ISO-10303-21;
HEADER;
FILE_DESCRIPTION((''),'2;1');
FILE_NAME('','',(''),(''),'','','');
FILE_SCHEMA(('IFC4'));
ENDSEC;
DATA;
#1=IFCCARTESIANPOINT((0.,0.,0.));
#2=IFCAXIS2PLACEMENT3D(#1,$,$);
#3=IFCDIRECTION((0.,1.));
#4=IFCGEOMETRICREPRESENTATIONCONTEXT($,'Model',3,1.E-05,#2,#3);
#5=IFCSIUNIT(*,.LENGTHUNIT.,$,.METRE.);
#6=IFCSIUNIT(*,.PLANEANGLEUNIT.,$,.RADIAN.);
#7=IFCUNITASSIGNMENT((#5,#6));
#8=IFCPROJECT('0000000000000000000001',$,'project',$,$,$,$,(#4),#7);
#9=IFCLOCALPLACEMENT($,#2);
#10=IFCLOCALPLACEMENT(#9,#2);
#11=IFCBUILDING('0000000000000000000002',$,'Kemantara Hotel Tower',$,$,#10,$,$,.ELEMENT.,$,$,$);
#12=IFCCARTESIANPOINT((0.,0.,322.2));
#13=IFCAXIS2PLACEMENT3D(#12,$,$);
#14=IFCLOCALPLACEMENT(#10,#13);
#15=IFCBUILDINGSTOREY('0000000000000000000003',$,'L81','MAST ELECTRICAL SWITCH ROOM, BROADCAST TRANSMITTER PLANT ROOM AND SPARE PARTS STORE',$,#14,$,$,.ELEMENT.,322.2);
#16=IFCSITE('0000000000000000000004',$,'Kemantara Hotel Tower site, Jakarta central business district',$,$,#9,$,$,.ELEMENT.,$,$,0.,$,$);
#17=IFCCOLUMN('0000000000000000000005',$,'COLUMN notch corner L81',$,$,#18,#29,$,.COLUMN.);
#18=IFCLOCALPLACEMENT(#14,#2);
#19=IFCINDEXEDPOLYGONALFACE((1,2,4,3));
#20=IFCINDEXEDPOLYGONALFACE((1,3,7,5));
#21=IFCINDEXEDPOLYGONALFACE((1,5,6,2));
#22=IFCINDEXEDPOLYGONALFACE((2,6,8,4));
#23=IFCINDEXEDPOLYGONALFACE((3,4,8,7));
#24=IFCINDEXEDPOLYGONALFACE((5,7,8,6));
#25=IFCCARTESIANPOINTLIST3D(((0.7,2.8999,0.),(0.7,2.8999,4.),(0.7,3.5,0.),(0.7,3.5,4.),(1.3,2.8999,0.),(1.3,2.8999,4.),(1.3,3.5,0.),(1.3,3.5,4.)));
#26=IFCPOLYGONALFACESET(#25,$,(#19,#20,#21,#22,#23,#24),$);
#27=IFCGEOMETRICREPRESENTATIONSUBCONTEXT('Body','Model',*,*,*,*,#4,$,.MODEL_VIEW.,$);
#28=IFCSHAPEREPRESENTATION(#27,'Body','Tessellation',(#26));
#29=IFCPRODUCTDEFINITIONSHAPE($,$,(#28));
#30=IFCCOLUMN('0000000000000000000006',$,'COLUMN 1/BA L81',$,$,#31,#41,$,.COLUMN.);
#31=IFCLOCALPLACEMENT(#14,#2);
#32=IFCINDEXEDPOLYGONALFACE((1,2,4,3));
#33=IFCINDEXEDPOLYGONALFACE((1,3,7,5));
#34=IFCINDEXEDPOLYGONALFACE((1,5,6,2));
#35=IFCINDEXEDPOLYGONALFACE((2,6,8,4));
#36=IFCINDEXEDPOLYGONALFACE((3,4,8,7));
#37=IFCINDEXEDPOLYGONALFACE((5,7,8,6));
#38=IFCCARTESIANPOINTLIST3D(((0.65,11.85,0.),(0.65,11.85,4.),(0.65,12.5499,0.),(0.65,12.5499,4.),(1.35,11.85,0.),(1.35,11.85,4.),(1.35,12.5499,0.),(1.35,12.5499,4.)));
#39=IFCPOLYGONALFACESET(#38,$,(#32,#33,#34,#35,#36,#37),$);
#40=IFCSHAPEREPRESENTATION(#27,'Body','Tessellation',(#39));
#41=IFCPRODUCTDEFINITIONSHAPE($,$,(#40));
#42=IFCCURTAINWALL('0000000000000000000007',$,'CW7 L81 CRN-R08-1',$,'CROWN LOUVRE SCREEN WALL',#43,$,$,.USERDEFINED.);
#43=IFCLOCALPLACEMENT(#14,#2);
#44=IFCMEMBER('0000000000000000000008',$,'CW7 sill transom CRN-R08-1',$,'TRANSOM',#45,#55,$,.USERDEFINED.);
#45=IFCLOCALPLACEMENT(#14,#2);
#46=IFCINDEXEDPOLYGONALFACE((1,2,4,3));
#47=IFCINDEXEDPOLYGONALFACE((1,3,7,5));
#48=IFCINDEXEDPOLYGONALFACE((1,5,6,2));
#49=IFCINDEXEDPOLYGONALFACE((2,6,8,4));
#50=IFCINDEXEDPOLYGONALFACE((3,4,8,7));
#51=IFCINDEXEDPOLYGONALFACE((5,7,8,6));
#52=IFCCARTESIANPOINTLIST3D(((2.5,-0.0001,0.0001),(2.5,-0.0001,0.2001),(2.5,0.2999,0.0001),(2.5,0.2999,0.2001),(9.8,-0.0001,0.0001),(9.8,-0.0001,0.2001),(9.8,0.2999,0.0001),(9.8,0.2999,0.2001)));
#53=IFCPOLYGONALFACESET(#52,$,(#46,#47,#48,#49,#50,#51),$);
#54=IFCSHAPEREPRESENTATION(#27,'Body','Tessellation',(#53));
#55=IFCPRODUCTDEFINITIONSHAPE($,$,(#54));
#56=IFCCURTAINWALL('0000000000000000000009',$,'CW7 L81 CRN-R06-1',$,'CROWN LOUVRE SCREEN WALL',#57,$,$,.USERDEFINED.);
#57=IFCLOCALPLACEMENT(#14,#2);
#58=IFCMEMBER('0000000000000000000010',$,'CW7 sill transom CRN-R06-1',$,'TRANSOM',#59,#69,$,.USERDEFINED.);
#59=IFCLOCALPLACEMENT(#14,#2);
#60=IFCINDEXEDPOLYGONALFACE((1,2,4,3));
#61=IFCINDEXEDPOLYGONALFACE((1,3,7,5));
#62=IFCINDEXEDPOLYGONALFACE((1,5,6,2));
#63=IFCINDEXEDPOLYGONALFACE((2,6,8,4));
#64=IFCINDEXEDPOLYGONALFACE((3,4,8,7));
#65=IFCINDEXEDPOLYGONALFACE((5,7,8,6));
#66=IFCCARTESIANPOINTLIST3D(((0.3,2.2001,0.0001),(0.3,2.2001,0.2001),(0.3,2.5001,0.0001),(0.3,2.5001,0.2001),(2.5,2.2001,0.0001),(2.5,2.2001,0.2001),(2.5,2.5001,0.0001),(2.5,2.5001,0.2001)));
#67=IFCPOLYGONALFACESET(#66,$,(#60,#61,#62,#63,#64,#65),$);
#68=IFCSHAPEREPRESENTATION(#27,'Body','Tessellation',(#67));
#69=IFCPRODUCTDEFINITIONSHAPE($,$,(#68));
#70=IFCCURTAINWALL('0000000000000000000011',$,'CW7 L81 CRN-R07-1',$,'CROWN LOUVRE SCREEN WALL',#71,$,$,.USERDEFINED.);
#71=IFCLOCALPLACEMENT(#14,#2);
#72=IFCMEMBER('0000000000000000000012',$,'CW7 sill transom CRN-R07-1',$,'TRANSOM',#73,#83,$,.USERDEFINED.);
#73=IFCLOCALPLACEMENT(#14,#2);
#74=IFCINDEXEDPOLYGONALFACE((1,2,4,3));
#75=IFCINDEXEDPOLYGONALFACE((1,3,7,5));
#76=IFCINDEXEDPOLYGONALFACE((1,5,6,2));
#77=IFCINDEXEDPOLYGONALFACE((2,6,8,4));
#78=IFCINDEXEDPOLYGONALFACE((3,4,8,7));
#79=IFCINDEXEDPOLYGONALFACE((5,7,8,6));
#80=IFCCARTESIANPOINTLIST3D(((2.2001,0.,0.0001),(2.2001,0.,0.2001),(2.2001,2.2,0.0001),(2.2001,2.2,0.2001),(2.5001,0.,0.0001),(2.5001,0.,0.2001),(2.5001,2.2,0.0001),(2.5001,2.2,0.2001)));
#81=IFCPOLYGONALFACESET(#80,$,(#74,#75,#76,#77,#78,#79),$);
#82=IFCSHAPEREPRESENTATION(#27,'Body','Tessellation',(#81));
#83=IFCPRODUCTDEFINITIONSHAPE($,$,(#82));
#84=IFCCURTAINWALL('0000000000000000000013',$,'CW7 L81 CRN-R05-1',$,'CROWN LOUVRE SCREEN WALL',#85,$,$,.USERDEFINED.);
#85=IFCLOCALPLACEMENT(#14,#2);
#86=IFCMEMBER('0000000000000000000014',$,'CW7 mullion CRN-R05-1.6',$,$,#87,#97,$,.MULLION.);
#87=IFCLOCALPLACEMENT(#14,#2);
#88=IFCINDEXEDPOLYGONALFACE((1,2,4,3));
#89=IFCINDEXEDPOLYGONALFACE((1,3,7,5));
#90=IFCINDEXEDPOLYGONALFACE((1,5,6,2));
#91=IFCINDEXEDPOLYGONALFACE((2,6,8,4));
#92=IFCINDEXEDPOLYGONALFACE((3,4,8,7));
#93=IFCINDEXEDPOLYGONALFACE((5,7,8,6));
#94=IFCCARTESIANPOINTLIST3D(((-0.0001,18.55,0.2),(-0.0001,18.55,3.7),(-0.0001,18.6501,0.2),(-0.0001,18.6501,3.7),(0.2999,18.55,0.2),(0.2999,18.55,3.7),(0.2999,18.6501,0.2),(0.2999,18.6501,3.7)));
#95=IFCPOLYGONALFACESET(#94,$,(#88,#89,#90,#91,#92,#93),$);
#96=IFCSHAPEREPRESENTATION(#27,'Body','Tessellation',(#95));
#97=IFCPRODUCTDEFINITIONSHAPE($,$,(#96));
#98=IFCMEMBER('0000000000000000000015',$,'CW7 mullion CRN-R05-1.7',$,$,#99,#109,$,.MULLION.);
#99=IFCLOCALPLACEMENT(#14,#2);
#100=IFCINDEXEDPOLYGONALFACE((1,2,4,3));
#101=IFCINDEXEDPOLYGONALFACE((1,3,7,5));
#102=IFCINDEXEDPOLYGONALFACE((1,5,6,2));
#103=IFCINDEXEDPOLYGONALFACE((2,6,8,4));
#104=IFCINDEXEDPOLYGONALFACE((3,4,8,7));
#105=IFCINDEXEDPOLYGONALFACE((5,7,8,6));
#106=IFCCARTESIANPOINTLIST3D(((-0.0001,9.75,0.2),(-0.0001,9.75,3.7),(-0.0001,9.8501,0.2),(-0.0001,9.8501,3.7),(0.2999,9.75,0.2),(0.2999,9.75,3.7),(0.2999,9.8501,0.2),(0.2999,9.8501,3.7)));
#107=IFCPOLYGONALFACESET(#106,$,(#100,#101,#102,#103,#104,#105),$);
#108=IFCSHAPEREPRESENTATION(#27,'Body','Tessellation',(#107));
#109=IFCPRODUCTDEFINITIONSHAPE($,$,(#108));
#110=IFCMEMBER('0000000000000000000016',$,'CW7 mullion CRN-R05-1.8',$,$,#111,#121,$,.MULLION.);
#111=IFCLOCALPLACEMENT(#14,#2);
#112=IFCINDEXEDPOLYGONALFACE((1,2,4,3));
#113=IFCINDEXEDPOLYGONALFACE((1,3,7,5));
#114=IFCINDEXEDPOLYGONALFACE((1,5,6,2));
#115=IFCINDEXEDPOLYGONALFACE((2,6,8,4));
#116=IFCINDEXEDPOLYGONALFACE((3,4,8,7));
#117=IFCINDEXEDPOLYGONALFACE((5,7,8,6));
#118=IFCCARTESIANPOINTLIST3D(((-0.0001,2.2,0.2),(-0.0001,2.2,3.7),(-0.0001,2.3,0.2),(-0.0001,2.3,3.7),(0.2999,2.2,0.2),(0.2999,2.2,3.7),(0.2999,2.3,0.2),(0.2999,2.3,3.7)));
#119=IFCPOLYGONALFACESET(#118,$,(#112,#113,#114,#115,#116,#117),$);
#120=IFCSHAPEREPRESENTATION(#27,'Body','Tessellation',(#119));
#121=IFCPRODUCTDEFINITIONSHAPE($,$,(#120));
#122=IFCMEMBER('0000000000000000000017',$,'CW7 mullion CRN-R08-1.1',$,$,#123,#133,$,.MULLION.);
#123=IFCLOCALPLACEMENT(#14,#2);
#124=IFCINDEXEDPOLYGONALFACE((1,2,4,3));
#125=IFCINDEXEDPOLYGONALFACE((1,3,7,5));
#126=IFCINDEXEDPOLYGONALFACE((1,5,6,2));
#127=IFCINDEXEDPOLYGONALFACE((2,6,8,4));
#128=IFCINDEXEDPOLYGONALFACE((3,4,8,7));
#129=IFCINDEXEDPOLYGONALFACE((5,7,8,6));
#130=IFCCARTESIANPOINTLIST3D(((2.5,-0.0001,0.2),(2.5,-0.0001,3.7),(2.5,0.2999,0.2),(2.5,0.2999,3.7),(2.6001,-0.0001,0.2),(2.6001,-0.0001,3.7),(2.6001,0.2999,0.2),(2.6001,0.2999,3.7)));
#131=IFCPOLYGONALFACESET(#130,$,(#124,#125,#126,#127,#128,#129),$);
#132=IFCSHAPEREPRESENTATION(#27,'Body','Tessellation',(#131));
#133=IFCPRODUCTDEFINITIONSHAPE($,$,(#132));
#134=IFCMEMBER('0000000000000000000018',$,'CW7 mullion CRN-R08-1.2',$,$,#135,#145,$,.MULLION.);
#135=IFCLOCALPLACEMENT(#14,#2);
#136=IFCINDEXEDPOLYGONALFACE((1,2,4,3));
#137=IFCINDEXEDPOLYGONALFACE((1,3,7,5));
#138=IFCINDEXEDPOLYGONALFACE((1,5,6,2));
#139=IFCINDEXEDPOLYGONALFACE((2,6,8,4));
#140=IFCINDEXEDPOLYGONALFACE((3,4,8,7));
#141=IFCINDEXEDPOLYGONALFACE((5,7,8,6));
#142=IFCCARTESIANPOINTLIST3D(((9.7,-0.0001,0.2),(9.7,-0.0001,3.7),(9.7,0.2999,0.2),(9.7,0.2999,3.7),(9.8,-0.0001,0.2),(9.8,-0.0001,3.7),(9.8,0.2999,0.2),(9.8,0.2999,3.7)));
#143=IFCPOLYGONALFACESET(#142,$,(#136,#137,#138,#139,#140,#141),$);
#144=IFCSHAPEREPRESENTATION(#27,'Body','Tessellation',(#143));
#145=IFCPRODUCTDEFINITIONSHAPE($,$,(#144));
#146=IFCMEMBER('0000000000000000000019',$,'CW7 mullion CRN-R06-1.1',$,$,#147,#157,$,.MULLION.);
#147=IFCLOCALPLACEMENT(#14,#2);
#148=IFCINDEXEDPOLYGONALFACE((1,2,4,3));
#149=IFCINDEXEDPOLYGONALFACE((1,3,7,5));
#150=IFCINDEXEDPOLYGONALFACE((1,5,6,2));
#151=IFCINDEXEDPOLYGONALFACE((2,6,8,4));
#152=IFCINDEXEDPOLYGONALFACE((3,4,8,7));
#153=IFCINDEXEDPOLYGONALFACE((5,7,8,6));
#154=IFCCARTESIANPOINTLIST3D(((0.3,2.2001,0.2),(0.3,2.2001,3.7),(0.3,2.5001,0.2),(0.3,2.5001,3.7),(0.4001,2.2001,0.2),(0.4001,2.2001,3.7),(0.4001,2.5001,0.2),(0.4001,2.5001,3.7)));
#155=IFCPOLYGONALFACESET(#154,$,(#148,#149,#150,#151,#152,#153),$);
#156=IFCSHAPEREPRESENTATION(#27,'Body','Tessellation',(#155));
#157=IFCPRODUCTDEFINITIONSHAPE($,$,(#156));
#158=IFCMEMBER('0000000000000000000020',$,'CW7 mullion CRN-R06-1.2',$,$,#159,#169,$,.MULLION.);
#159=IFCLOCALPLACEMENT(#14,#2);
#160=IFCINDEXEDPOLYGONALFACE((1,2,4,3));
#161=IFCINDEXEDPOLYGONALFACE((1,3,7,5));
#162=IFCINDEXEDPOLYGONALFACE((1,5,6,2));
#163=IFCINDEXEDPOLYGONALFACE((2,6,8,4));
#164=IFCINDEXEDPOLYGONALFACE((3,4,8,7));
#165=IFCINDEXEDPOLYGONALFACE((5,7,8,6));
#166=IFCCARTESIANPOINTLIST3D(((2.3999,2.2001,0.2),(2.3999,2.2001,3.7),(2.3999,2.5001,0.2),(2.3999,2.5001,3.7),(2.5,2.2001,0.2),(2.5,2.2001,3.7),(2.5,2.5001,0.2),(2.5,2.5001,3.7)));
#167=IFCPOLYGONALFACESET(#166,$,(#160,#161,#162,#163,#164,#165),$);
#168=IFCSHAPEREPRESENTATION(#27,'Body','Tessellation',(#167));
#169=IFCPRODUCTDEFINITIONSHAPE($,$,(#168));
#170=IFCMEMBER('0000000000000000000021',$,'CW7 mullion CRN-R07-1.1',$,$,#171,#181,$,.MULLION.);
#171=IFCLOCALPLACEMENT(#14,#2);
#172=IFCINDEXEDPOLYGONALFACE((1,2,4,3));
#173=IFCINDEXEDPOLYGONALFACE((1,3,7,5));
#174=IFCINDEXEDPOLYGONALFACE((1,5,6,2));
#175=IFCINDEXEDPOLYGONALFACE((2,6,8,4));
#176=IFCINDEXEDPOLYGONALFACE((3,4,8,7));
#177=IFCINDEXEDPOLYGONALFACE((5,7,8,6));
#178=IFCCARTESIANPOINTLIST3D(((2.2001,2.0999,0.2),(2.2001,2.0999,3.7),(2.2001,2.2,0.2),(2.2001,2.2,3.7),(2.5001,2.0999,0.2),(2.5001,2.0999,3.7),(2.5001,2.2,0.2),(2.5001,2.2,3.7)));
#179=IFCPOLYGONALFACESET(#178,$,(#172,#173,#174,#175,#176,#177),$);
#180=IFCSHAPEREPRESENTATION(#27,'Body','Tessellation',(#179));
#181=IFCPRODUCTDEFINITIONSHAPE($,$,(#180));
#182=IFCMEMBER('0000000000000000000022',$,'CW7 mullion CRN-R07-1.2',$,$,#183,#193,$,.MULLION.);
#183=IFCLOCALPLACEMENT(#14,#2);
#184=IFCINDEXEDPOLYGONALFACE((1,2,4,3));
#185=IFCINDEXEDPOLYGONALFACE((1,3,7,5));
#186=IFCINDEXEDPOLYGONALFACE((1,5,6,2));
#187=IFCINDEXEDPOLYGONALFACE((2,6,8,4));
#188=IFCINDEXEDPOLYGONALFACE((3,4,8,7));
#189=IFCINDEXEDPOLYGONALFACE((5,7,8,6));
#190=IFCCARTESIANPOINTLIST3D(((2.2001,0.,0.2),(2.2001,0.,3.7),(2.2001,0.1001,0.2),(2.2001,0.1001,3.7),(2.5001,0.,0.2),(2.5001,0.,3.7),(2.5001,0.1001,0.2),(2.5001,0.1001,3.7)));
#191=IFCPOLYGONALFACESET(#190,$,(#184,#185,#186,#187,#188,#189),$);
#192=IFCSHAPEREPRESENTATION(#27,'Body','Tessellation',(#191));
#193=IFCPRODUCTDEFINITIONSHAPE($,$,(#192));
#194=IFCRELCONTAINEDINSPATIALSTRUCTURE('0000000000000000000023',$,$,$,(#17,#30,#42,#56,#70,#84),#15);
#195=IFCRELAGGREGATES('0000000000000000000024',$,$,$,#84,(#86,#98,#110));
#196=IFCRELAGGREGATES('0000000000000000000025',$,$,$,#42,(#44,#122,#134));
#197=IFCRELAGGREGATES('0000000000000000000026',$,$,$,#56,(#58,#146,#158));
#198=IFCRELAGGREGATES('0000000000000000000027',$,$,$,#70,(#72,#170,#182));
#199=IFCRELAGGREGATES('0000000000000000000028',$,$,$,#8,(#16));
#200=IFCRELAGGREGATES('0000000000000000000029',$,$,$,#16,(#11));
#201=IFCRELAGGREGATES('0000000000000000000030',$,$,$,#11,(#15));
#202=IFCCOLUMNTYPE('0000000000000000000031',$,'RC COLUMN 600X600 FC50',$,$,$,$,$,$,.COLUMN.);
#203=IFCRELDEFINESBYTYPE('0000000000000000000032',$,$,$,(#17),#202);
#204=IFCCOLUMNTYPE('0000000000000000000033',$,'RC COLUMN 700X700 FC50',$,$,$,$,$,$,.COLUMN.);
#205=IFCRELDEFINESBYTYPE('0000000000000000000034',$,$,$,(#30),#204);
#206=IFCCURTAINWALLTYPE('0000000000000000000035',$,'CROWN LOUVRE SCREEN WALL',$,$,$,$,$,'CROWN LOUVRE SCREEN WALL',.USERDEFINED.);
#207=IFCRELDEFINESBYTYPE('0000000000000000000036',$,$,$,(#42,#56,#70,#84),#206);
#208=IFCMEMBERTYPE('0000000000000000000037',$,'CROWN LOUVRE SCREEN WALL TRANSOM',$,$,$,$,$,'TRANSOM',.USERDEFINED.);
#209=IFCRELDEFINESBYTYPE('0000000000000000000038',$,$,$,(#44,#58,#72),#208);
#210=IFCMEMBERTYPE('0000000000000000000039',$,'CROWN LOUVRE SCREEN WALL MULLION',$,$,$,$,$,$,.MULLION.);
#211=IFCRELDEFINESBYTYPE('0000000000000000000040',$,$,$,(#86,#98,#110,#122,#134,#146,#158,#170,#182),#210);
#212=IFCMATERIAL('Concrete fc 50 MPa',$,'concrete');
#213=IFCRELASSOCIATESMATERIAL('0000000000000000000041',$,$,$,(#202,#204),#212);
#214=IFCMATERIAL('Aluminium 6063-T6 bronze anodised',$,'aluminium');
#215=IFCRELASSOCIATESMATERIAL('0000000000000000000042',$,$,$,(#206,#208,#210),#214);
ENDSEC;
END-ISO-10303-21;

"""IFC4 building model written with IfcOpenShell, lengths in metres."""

from ifc_helpers import new_model, si_unit, direction, frame, origin, origin_2d, place, context, subcontext, project, spatial, rectangle, extrude, source, transform, mapped, material, material_profile, profile_set, type_object, element, aggregate, save


model = new_model("IFC4")

# Units and contexts
model_context = context("Model", 3, precision=1e-05, world=origin(), true_north=direction((0.0, 1.0)))
body_context = subcontext(model_context, "Body", "Model", "MODEL_VIEW")
ifc_project = project(units=[si_unit("LENGTHUNIT", "METRE"), si_unit("PLANEANGLEUNIT", "RADIAN")], contexts=[model_context])

# Site, building, storey
site_placement = place(None, origin())
site = spatial("IfcSite", under=ifc_project, at=site_placement, Name="Kemantara Hotel Tower site, Jakarta central business district", CompositionType="ELEMENT", RefElevation=0.0)
building_placement = place(site_placement, origin())
building = spatial("IfcBuilding", under=site, at=building_placement, Name="Kemantara Hotel Tower", CompositionType="ELEMENT")
storey_placement = place(building_placement, frame((0.0, 0.0, 322.2)))
storey = spatial("IfcBuildingStorey", under=building, at=storey_placement, Name="L81", Description="MAST ELECTRICAL SWITCH ROOM, BROADCAST TRANSMITTER PLANT ROOM AND SPARE PARTS STORE", CompositionType="ELEMENT", Elevation=322.2)

# Columns
ifc_material_1 = material(Name="Concrete fc 50 MPa", Category="concrete")
ifc_material_profile_1 = material_profile(ifc_material_1, rectangle(XDim=0.6001, YDim=0.6001, at=origin_2d()), Name="RC 600X600")
ifc_profile_set_1 = profile_set([ifc_material_profile_1], Name="Concrete fc 50 MPa")
column_type_1 = type_object("IfcColumnType", Name="RC COLUMN 600X600 FC50", PredefinedType="COLUMN", material=ifc_profile_set_1)
column_1_placement = place(storey_placement, frame((1.0, 3.2, 0.0), z_axis=(0.0, 0.0, 1.0), x_axis=(1.0, 0.0, 0.0)))
element("IfcColumn", 1, at=column_1_placement, inside=storey, type_object=column_type_1, Name="COLUMN notch corner L81", PredefinedType="COLUMN", context=body_context, shape_type="SweptSolid", body=[
    extrude(rectangle(XDim=0.6001, YDim=0.6001, at=origin_2d()), origin(), (0.0, 0.0, 1.0), 4.0),
])
ifc_material_profile_2 = material_profile(ifc_material_1, rectangle(XDim=0.7, YDim=0.7, at=origin_2d()), Name="RC 700X700")
ifc_profile_set_2 = profile_set([ifc_material_profile_2], Name="Concrete fc 50 MPa")
column_type_2 = type_object("IfcColumnType", Name="RC COLUMN 700X700 FC50", PredefinedType="COLUMN", material=ifc_profile_set_2)
column_2_placement = place(storey_placement, frame((1.0, 12.2, 0.0), z_axis=(0.0, 0.0, 1.0), x_axis=(1.0, 0.0, 0.0)))
element("IfcColumn", 2, at=column_2_placement, inside=storey, type_object=column_type_2, Name="COLUMN 1/BA L81", PredefinedType="COLUMN", context=body_context, shape_type="SweptSolid", body=[
    extrude(rectangle(XDim=0.7, YDim=0.7, at=origin_2d()), origin(), (0.0, 0.0, 1.0), 4.0),
])

# Curtain walls, members
ifc_material_2 = material(Name="Aluminium 6063-T6 bronze anodised", Category="aluminium")
curtain_wall_type = type_object("IfcCurtainWallType", Name="CROWN LOUVRE SCREEN WALL", ElementType="CROWN LOUVRE SCREEN WALL", PredefinedType="USERDEFINED", material=ifc_material_2)
curtain_wall_1_placement = place(storey_placement, origin())
curtain_wall_1 = element("IfcCurtainWall", 3, at=curtain_wall_1_placement, inside=storey, type_object=curtain_wall_type, Name="CW7 L81 CRN-R08-1", ObjectType="CROWN LOUVRE SCREEN WALL", PredefinedType="USERDEFINED")
ifc_material_profile_3 = material_profile(ifc_material_2, rectangle(XDim=0.3, YDim=0.2, at=origin_2d()), Name="CROWN LOUVRE SCREEN WALL TRANSOM")
ifc_profile_set_3 = profile_set([ifc_material_profile_3], Name="Aluminium 6063-T6 bronze anodised")
member_type_1 = type_object("IfcMemberType", Name="CROWN LOUVRE SCREEN WALL TRANSOM", ElementType="TRANSOM", PredefinedType="USERDEFINED", material=ifc_profile_set_3)
member_1_placement = place(storey_placement, frame((2.5, 0.1499, 0.1001), z_axis=(1.0, 0.0, 0.0), x_axis=(0.0, 1.0, 0.0)))
member_1 = element("IfcMember", 4, at=member_1_placement, type_object=member_type_1, Name="CW7 sill transom CRN-R08-1", ObjectType="TRANSOM", PredefinedType="USERDEFINED", context=body_context, shape_type="SweptSolid", body=[
    extrude(rectangle(XDim=0.3, YDim=0.2, at=origin_2d()), origin(), (0.0, 0.0, 1.0), 7.3),
])
curtain_wall_2_placement = place(storey_placement, origin())
curtain_wall_2 = element("IfcCurtainWall", 5, at=curtain_wall_2_placement, inside=storey, type_object=curtain_wall_type, Name="CW7 L81 CRN-R06-1", ObjectType="CROWN LOUVRE SCREEN WALL", PredefinedType="USERDEFINED")
member_2_placement = place(storey_placement, frame((0.3, 2.3501, 0.1001), z_axis=(1.0, 0.0, 0.0), x_axis=(0.0, 1.0, 0.0)))
member_2 = element("IfcMember", 6, at=member_2_placement, type_object=member_type_1, Name="CW7 sill transom CRN-R06-1", ObjectType="TRANSOM", PredefinedType="USERDEFINED", context=body_context, shape_type="SweptSolid", body=[
    extrude(rectangle(XDim=0.3, YDim=0.2, at=origin_2d()), origin(), (0.0, 0.0, 1.0), 2.2),
])
curtain_wall_3_placement = place(storey_placement, origin())
curtain_wall_3 = element("IfcCurtainWall", 7, at=curtain_wall_3_placement, inside=storey, type_object=curtain_wall_type, Name="CW7 L81 CRN-R07-1", ObjectType="CROWN LOUVRE SCREEN WALL", PredefinedType="USERDEFINED")
member_3_placement = place(storey_placement, frame((2.3501, 2.2, 0.1001), z_axis=(0.0, -1.0, 0.0), x_axis=(1.0, 0.0, 0.0)))
member_3 = element("IfcMember", 8, at=member_3_placement, type_object=member_type_1, Name="CW7 sill transom CRN-R07-1", ObjectType="TRANSOM", PredefinedType="USERDEFINED", context=body_context, shape_type="SweptSolid", body=[
    extrude(rectangle(XDim=0.3, YDim=0.2, at=origin_2d()), origin(), (0.0, 0.0, 1.0), 2.2),
])

# Curtain wall, members
curtain_wall_4_placement = place(storey_placement, origin())
curtain_wall_4 = element("IfcCurtainWall", 9, at=curtain_wall_4_placement, inside=storey, type_object=curtain_wall_type, Name="CW7 L81 CRN-R05-1", ObjectType="CROWN LOUVRE SCREEN WALL", PredefinedType="USERDEFINED")
ifc_material_profile_4 = material_profile(ifc_material_2, rectangle(XDim=0.3, YDim=0.1001, at=origin_2d()), Name="CROWN LOUVRE SCREEN WALL MULLION")
ifc_profile_set_4 = profile_set([ifc_material_profile_4], Name="Aluminium 6063-T6 bronze anodised")
member_type_2 = type_object("IfcMemberType", Name="CROWN LOUVRE SCREEN WALL MULLION", PredefinedType="MULLION", material=ifc_profile_set_4)
shared_shape_1 = source(origin(), body_context, "Body", "SweptSolid", [
    extrude(rectangle(XDim=0.3, YDim=0.1001, at=origin_2d()), origin(), (0.0, 0.0, 1.0), 3.5),
])
member_4_placement = place(storey_placement, frame((0.1499, 18.6001, 0.2), z_axis=(0.0, 0.0, 1.0), x_axis=(1.0, 0.0, 0.0)))
member_4 = element("IfcMember", 10, at=member_4_placement, type_object=member_type_2, Name="CW7 mullion CRN-R05-1.6", PredefinedType="MULLION", context=body_context, shape_type="MappedRepresentation", body=[
    mapped(shared_shape_1, transform((0.0, 0.0, 0.0))),
])
member_5_placement = place(storey_placement, frame((0.1499, 9.8, 0.2), z_axis=(0.0, 0.0, 1.0), x_axis=(1.0, 0.0, 0.0)))
member_5 = element("IfcMember", 11, at=member_5_placement, type_object=member_type_2, Name="CW7 mullion CRN-R05-1.7", PredefinedType="MULLION", context=body_context, shape_type="MappedRepresentation", body=[
    mapped(shared_shape_1, transform((0.0, 0.0, 0.0))),
])
member_6_placement = place(storey_placement, frame((0.1499, 2.25, 0.2), z_axis=(0.0, 0.0, 1.0), x_axis=(1.0, 0.0, 0.0)))
member_6 = element("IfcMember", 12, at=member_6_placement, type_object=member_type_2, Name="CW7 mullion CRN-R05-1.8", PredefinedType="MULLION", context=body_context, shape_type="MappedRepresentation", body=[
    mapped(shared_shape_1, transform((0.0, 0.0, 0.0))),
])

# Members
member_7_placement = place(storey_placement, frame((2.55, 0.1499, 0.2), z_axis=(0.0, 0.0, 1.0), x_axis=(0.0, 1.0, 0.0)))
member_7 = element("IfcMember", 13, at=member_7_placement, type_object=member_type_2, Name="CW7 mullion CRN-R08-1.1", PredefinedType="MULLION", context=body_context, shape_type="MappedRepresentation", body=[
    mapped(shared_shape_1, transform((0.0, 0.0, 0.0))),
])
member_8_placement = place(storey_placement, frame((9.75, 0.1499, 0.2), z_axis=(0.0, 0.0, 1.0), x_axis=(0.0, 1.0, 0.0)))
member_8 = element("IfcMember", 14, at=member_8_placement, type_object=member_type_2, Name="CW7 mullion CRN-R08-1.2", PredefinedType="MULLION", context=body_context, shape_type="MappedRepresentation", body=[
    mapped(shared_shape_1, transform((0.0, 0.0, 0.0))),
])
member_9_placement = place(storey_placement, frame((0.3501, 2.3501, 0.2), z_axis=(0.0, 0.0, 1.0), x_axis=(0.0, 1.0, 0.0)))
member_9 = element("IfcMember", 15, at=member_9_placement, type_object=member_type_2, Name="CW7 mullion CRN-R06-1.1", PredefinedType="MULLION", context=body_context, shape_type="MappedRepresentation", body=[
    mapped(shared_shape_1, transform((0.0, 0.0, 0.0))),
])
member_10_placement = place(storey_placement, frame((2.45, 2.3501, 0.2), z_axis=(0.0, 0.0, 1.0), x_axis=(0.0, 1.0, 0.0)))
member_10 = element("IfcMember", 16, at=member_10_placement, type_object=member_type_2, Name="CW7 mullion CRN-R06-1.2", PredefinedType="MULLION", context=body_context, shape_type="MappedRepresentation", body=[
    mapped(shared_shape_1, transform((0.0, 0.0, 0.0))),
])
member_11_placement = place(storey_placement, frame((2.3501, 2.1499, 0.2), z_axis=(0.0, 0.0, 1.0), x_axis=(1.0, 0.0, 0.0)))
member_11 = element("IfcMember", 17, at=member_11_placement, type_object=member_type_2, Name="CW7 mullion CRN-R07-1.1", PredefinedType="MULLION", context=body_context, shape_type="MappedRepresentation", body=[
    mapped(shared_shape_1, transform((0.0, 0.0, 0.0))),
])
member_12_placement = place(storey_placement, frame((2.3501, 0.05, 0.2), z_axis=(0.0, 0.0, 1.0), x_axis=(1.0, 0.0, 0.0)))
member_12 = element("IfcMember", 18, at=member_12_placement, type_object=member_type_2, Name="CW7 mullion CRN-R07-1.2", PredefinedType="MULLION", context=body_context, shape_type="MappedRepresentation", body=[
    mapped(shared_shape_1, transform((0.0, 0.0, 0.0))),
])

aggregate(curtain_wall_4, [member_4, member_5, member_6])
aggregate(curtain_wall_1, [member_1, member_7, member_8])
aggregate(curtain_wall_2, [member_2, member_9, member_10])
aggregate(curtain_wall_3, [member_3, member_11, member_12])

save(model, "model.ifc")
